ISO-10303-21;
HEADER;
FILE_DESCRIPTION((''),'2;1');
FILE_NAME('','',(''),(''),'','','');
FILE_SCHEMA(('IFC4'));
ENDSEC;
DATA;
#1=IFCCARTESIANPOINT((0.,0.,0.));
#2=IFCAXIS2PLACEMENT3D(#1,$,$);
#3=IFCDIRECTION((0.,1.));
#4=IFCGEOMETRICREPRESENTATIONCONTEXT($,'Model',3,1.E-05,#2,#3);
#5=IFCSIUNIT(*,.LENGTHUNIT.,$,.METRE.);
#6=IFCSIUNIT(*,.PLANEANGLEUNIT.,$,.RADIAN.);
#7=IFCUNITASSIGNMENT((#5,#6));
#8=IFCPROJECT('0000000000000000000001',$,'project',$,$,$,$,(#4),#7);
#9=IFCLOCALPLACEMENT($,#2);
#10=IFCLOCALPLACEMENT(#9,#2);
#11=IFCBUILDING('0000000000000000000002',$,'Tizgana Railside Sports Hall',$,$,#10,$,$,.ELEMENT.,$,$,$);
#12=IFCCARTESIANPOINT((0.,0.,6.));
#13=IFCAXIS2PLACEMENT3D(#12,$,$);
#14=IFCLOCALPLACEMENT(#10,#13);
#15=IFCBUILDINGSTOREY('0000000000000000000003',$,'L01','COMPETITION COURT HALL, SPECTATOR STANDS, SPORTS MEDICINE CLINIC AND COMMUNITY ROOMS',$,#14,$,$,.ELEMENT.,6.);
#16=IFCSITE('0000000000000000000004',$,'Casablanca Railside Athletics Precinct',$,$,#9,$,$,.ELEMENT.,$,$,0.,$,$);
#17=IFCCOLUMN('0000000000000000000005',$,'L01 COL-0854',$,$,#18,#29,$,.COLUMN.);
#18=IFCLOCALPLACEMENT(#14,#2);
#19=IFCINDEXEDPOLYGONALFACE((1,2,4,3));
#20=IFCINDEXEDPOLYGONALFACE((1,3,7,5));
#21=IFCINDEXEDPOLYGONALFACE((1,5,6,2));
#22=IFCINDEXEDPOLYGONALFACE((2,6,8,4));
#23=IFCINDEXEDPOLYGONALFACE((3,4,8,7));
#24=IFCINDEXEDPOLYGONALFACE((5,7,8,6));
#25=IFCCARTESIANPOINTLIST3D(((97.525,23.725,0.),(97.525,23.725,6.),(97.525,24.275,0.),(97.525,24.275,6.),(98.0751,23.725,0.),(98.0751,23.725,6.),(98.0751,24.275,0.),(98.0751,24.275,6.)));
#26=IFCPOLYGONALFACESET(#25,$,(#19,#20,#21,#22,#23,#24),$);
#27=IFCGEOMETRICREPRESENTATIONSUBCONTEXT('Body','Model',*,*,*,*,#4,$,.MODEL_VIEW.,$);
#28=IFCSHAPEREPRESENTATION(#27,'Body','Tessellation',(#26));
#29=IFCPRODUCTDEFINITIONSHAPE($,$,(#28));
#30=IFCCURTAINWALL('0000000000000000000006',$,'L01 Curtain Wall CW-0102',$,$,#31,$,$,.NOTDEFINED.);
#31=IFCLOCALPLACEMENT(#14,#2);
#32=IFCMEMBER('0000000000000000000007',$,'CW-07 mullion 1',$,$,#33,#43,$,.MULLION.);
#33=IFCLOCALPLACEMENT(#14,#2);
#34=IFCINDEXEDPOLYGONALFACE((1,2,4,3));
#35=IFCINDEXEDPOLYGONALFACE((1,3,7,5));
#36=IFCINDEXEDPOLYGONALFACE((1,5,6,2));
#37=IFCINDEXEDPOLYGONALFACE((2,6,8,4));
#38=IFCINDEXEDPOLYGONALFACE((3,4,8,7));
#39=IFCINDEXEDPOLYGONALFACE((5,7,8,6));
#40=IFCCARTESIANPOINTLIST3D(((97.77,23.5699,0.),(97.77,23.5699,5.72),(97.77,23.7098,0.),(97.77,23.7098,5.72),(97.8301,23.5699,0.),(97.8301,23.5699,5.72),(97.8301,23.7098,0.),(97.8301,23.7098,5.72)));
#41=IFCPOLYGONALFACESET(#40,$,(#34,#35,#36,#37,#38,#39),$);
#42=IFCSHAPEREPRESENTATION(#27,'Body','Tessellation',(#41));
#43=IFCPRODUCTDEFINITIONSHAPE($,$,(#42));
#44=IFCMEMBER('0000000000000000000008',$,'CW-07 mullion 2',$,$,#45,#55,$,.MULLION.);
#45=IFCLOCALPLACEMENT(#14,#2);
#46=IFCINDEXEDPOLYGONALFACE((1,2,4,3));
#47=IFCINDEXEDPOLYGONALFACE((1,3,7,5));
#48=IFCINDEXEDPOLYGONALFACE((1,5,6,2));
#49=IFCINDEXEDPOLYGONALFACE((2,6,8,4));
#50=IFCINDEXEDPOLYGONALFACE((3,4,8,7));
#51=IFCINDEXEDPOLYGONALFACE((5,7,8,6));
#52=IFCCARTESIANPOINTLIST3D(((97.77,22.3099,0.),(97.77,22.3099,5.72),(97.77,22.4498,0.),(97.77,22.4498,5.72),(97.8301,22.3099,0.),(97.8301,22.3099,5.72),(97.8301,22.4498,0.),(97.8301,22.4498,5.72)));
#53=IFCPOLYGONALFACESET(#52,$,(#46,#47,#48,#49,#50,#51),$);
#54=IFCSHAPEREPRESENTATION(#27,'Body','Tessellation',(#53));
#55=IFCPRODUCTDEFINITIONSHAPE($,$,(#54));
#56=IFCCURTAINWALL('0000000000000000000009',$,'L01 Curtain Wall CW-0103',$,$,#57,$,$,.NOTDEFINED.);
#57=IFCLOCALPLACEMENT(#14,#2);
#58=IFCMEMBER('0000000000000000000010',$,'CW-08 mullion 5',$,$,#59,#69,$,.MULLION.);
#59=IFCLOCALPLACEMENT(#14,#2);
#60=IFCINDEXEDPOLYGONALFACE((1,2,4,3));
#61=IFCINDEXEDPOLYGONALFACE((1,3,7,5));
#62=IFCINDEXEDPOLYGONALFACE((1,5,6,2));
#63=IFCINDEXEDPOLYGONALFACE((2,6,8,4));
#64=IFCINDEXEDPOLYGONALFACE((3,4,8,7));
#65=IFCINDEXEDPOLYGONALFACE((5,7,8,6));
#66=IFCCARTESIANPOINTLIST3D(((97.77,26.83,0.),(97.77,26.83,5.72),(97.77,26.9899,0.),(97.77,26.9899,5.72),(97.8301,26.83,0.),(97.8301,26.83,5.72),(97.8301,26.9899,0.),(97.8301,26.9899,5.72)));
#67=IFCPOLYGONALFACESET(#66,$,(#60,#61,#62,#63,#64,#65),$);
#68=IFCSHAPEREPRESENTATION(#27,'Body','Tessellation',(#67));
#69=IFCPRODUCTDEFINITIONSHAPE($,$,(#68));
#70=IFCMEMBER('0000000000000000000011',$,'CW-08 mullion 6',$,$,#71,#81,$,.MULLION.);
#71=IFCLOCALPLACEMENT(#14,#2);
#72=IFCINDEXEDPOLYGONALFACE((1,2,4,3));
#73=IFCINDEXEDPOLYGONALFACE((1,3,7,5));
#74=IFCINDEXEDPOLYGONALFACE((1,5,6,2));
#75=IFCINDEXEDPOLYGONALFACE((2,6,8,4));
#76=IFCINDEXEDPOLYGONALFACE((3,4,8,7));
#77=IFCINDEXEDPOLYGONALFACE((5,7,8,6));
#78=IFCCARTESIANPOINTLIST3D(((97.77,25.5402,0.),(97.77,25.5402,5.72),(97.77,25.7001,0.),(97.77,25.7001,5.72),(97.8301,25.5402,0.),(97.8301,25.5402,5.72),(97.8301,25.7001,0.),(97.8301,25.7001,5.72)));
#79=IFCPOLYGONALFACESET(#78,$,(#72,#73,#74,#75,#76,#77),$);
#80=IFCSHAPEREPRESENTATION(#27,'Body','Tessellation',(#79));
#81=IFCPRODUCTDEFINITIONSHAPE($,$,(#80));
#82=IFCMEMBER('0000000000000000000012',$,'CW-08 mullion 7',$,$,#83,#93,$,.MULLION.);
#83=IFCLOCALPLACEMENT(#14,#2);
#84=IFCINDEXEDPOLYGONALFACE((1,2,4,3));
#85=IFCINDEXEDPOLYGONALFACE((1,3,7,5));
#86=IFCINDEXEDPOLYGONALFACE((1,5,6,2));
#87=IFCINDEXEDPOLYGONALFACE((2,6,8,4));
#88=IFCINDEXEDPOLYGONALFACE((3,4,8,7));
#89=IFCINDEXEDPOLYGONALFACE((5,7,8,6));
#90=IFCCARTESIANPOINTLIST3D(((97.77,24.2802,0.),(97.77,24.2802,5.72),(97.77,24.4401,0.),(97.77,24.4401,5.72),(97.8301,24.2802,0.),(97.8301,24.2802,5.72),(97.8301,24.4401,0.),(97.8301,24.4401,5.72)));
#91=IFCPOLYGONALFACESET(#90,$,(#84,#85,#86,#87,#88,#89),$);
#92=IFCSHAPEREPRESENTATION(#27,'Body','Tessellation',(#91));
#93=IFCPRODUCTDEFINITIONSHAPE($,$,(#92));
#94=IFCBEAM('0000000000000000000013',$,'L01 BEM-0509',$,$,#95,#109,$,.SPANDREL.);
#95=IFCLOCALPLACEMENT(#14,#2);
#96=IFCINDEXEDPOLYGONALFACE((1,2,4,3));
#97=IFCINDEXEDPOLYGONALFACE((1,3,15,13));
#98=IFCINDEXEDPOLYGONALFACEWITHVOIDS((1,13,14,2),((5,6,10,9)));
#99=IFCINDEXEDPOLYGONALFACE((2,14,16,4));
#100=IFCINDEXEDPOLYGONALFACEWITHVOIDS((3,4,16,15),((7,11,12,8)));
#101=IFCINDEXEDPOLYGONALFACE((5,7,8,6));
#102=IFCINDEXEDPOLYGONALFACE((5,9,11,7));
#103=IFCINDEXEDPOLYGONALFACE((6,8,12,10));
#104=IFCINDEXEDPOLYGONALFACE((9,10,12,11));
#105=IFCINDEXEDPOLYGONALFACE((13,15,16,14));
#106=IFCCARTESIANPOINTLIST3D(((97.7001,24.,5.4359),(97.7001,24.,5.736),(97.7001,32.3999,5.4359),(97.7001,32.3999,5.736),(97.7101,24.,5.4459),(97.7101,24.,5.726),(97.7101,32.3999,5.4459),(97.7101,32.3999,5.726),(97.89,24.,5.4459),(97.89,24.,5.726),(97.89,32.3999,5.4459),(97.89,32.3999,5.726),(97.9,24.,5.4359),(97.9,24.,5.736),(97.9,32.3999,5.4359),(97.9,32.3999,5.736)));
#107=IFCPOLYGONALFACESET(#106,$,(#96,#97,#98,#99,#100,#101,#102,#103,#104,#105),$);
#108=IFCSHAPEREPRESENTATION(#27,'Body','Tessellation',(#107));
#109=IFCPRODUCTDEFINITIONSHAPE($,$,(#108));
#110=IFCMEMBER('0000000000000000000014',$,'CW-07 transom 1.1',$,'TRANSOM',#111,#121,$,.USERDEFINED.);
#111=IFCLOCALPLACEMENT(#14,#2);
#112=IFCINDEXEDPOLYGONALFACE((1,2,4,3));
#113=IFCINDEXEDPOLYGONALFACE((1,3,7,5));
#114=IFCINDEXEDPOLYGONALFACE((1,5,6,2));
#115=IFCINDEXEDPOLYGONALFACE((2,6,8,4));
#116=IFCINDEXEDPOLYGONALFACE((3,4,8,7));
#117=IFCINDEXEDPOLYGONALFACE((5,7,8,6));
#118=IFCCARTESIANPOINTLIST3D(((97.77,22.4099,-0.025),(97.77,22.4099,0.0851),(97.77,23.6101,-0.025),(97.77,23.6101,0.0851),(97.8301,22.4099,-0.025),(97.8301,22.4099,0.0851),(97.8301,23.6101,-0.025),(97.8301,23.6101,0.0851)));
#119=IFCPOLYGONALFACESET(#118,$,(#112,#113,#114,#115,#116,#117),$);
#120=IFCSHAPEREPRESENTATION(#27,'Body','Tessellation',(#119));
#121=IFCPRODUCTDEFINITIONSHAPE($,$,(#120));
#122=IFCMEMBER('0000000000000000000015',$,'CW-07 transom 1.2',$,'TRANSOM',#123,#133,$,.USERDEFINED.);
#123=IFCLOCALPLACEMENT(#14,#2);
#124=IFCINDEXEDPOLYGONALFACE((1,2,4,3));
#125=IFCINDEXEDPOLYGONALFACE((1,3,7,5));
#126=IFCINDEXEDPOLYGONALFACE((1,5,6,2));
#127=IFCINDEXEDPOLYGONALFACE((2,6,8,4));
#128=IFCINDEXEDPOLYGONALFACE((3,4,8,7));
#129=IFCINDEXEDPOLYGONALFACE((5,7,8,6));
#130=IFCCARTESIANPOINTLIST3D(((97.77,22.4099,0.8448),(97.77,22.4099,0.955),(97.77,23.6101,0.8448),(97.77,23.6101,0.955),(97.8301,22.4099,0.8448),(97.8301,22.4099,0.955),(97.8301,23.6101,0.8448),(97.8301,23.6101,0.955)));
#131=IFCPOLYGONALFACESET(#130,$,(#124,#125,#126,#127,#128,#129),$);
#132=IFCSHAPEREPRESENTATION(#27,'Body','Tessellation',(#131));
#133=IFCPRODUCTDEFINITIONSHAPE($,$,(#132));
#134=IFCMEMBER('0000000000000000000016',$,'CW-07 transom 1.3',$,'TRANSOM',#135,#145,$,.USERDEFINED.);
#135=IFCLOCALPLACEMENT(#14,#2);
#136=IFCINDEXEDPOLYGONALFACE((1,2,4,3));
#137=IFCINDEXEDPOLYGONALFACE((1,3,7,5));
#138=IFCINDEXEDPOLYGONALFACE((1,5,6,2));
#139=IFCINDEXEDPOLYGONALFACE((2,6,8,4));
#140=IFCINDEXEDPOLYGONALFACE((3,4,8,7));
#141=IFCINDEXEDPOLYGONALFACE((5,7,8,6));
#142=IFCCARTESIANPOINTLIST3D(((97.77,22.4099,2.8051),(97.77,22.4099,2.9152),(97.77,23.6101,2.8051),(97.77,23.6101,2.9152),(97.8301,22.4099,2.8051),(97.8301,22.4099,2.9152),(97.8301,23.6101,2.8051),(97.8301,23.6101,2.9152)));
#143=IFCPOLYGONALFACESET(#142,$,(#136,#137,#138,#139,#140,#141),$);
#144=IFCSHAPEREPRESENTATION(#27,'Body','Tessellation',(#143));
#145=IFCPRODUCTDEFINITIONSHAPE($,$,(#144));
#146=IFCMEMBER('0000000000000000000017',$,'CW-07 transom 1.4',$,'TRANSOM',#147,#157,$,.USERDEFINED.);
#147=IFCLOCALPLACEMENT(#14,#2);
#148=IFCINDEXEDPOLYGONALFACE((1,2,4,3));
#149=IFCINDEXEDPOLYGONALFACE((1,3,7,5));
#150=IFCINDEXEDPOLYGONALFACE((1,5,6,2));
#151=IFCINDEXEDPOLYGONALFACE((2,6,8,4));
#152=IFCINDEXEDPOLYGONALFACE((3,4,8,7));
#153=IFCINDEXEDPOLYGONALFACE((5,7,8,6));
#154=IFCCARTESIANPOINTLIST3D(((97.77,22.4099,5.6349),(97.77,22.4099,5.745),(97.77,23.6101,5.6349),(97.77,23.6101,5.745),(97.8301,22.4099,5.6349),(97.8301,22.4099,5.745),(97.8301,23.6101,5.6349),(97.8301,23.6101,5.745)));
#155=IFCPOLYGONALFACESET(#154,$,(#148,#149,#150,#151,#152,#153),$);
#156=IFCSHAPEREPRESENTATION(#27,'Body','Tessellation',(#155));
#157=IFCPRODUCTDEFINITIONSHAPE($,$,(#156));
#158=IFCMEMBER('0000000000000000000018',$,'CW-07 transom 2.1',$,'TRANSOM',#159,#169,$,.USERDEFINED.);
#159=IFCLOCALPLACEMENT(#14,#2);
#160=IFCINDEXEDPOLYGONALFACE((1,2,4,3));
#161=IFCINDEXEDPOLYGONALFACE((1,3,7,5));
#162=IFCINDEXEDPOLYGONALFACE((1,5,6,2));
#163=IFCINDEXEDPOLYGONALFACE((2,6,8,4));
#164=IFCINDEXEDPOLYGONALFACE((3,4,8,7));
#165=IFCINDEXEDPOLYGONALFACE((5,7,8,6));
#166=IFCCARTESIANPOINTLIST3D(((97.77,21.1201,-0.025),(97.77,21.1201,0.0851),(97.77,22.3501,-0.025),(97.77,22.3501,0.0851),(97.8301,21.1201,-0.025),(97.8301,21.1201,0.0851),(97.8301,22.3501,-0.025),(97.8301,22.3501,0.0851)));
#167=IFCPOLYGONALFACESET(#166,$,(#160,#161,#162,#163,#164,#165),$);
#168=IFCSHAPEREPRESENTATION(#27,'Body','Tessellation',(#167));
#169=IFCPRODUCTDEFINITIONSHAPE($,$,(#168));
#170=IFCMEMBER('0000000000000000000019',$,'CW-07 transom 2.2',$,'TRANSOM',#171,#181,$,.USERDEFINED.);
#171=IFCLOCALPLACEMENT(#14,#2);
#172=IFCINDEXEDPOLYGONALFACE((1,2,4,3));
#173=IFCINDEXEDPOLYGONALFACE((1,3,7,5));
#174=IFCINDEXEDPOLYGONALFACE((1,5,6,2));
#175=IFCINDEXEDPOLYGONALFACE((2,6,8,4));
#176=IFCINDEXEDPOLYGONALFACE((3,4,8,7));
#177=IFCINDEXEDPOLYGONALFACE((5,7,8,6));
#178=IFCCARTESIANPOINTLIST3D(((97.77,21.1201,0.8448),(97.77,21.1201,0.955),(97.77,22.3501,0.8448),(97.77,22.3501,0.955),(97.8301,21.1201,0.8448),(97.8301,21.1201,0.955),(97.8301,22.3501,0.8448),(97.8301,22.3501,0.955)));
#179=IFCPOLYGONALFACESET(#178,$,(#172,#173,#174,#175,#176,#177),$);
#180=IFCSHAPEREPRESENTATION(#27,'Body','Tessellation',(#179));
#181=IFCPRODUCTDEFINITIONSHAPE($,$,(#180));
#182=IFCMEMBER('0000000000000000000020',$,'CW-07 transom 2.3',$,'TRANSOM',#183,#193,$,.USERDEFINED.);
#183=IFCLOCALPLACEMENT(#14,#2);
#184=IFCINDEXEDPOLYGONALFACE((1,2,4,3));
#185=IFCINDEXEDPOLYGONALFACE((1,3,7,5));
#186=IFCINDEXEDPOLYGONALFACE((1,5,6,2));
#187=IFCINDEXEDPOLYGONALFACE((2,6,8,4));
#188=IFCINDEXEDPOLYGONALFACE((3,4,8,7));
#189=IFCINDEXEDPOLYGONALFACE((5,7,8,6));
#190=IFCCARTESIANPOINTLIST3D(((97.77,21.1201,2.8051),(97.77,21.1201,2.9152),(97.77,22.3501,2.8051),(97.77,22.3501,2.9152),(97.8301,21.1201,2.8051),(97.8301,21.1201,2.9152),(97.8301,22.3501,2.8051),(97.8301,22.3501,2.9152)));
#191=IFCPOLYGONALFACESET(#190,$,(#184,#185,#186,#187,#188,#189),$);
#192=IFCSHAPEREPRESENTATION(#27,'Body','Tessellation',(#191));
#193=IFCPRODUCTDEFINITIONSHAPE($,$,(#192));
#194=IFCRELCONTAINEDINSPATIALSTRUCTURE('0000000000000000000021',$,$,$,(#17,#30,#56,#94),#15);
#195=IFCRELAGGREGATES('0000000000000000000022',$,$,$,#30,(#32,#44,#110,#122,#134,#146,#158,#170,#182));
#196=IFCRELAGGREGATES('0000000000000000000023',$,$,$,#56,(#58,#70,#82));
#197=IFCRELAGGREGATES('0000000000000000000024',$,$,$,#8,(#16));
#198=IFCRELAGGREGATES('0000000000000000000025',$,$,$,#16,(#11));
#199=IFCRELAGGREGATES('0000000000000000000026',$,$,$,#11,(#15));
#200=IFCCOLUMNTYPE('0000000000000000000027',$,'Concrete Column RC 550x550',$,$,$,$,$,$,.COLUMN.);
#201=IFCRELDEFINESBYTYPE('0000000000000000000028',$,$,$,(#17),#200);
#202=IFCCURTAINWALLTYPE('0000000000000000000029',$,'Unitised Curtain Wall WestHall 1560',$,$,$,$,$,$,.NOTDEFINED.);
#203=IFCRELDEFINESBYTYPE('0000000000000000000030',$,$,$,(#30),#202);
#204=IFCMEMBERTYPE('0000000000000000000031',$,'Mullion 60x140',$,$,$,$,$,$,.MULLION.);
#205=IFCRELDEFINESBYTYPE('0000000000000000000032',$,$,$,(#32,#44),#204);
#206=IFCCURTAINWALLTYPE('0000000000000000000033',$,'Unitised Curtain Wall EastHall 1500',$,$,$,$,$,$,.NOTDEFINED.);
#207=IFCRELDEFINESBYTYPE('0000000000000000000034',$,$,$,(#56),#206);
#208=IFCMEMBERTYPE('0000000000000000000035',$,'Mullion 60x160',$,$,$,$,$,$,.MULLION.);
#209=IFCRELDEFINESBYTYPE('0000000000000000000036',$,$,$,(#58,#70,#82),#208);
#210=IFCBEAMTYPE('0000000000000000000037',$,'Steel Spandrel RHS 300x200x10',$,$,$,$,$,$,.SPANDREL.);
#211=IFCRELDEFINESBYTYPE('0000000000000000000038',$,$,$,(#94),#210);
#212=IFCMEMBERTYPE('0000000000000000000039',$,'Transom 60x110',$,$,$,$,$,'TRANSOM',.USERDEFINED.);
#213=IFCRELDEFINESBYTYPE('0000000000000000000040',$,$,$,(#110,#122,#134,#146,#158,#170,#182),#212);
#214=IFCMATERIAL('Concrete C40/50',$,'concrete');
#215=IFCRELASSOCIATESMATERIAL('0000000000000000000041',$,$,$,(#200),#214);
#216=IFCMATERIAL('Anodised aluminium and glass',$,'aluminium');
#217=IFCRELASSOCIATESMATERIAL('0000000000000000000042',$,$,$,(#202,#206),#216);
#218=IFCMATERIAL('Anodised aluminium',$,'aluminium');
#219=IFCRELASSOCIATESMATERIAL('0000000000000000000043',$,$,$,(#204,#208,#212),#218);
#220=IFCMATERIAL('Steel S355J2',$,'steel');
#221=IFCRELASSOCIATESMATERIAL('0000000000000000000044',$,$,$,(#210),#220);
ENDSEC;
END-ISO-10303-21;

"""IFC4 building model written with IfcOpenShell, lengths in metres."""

from ifc_helpers import new_model, si_unit, direction, frame, origin, origin_2d, place, context, subcontext, project, spatial, rectangle, hollow_rectangle, extrude, material, material_profile, profile_set, type_object, element, aggregate, save


model = new_model("IFC4")

# Units and contexts
model_context = context("Model", 3, precision=1e-05, world=origin(), true_north=direction((0.0, 1.0)))
body_context = subcontext(model_context, "Body", "Model", "MODEL_VIEW")
ifc_project = project(units=[si_unit("LENGTHUNIT", "METRE"), si_unit("PLANEANGLEUNIT", "RADIAN")], contexts=[model_context])

# Site, building, storey
site_placement = place(None, origin())
site = spatial("IfcSite", under=ifc_project, at=site_placement, Name="Casablanca Railside Athletics Precinct", CompositionType="ELEMENT", RefElevation=0.0)
building_placement = place(site_placement, origin())
building = spatial("IfcBuilding", under=site, at=building_placement, Name="Tizgana Railside Sports Hall", CompositionType="ELEMENT")
storey_placement = place(building_placement, frame((0.0, 0.0, 6.0)))
storey = spatial("IfcBuildingStorey", under=building, at=storey_placement, Name="L01", Description="COMPETITION COURT HALL, SPECTATOR STANDS, SPORTS MEDICINE CLINIC AND COMMUNITY ROOMS", CompositionType="ELEMENT", Elevation=6.0)

# Column
ifc_material_1 = material(Name="Concrete C40/50", Category="concrete")
ifc_material_profile_1 = material_profile(ifc_material_1, rectangle(XDim=0.55, YDim=0.55, at=origin_2d()), Name="RC 550x550")
ifc_profile_set_1 = profile_set([ifc_material_profile_1], Name="Concrete C40/50")
column_type = type_object("IfcColumnType", Name="Concrete Column RC 550x550", PredefinedType="COLUMN", material=ifc_profile_set_1)
column_placement = place(storey_placement, frame((97.8, 24.0, 0.0), z_axis=(0.0, 0.0, 1.0), x_axis=(1.0, 0.0, 0.0)))
element("IfcColumn", 1, at=column_placement, inside=storey, type_object=column_type, Name="L01 COL-0854", PredefinedType="COLUMN", context=body_context, shape_type="SweptSolid", body=[
    extrude(rectangle(XDim=0.55, YDim=0.55, at=origin_2d()), origin(), (0.0, 0.0, 1.0), 6.0),
])

# Curtain walls, members
ifc_material_2 = material(Name="Anodised aluminium and glass", Category="aluminium")
curtain_wall_type_1 = type_object("IfcCurtainWallType", Name="Unitised Curtain Wall WestHall 1560", PredefinedType="NOTDEFINED", material=ifc_material_2)
curtain_wall_1_placement = place(storey_placement, origin())
curtain_wall_1 = element("IfcCurtainWall", 2, at=curtain_wall_1_placement, inside=storey, type_object=curtain_wall_type_1, Name="L01 Curtain Wall CW-0102", PredefinedType="NOTDEFINED")
ifc_material_3 = material(Name="Anodised aluminium", Category="aluminium")
ifc_material_profile_2 = material_profile(ifc_material_3, rectangle(XDim=0.0601, YDim=0.1399, at=origin_2d()), Name="Mullion 60x140")
ifc_profile_set_2 = profile_set([ifc_material_profile_2], Name="Anodised aluminium")
member_type_1 = type_object("IfcMemberType", Name="Mullion 60x140", PredefinedType="MULLION", material=ifc_profile_set_2)
member_1_placement = place(storey_placement, frame((97.8, 23.6399, 0.0), z_axis=(0.0, 0.0, 1.0), x_axis=(1.0, 0.0, 0.0)))
member_1 = element("IfcMember", 3, at=member_1_placement, type_object=member_type_1, Name="CW-07 mullion 1", PredefinedType="MULLION", context=body_context, shape_type="SweptSolid", body=[
    extrude(rectangle(XDim=0.0601, YDim=0.1399, at=origin_2d()), origin(), (0.0, 0.0, 1.0), 5.72),
])
member_2_placement = place(storey_placement, frame((97.8, 22.3799, 0.0), z_axis=(0.0, 0.0, 1.0), x_axis=(1.0, 0.0, 0.0)))
member_2 = element("IfcMember", 4, at=member_2_placement, type_object=member_type_1, Name="CW-07 mullion 2", PredefinedType="MULLION", context=body_context, shape_type="SweptSolid", body=[
    extrude(rectangle(XDim=0.0601, YDim=0.1399, at=origin_2d()), origin(), (0.0, 0.0, 1.0), 5.72),
])
curtain_wall_type_2 = type_object("IfcCurtainWallType", Name="Unitised Curtain Wall EastHall 1500", PredefinedType="NOTDEFINED", material=ifc_material_2)
curtain_wall_2_placement = place(storey_placement, origin())
curtain_wall_2 = element("IfcCurtainWall", 5, at=curtain_wall_2_placement, inside=storey, type_object=curtain_wall_type_2, Name="L01 Curtain Wall CW-0103", PredefinedType="NOTDEFINED")
ifc_material_profile_3 = material_profile(ifc_material_3, rectangle(XDim=0.0601, YDim=0.1599, at=origin_2d()), Name="Mullion 60x160")
ifc_profile_set_3 = profile_set([ifc_material_profile_3], Name="Anodised aluminium")
member_type_2 = type_object("IfcMemberType", Name="Mullion 60x160", PredefinedType="MULLION", material=ifc_profile_set_3)
member_3_placement = place(storey_placement, frame((97.8, 26.9099, 0.0), z_axis=(0.0, 0.0, 1.0), x_axis=(1.0, 0.0, 0.0)))
member_3 = element("IfcMember", 6, at=member_3_placement, type_object=member_type_2, Name="CW-08 mullion 5", PredefinedType="MULLION", context=body_context, shape_type="SweptSolid", body=[
    extrude(rectangle(XDim=0.0601, YDim=0.1599, at=origin_2d()), origin(), (0.0, 0.0, 1.0), 5.72),
])
member_4_placement = place(storey_placement, frame((97.8, 25.6201, 0.0), z_axis=(0.0, 0.0, 1.0), x_axis=(1.0, 0.0, 0.0)))
member_4 = element("IfcMember", 7, at=member_4_placement, type_object=member_type_2, Name="CW-08 mullion 6", PredefinedType="MULLION", context=body_context, shape_type="SweptSolid", body=[
    extrude(rectangle(XDim=0.0601, YDim=0.1599, at=origin_2d()), origin(), (0.0, 0.0, 1.0), 5.72),
])
member_5_placement = place(storey_placement, frame((97.8, 24.3601, 0.0), z_axis=(0.0, 0.0, 1.0), x_axis=(1.0, 0.0, 0.0)))
member_5 = element("IfcMember", 8, at=member_5_placement, type_object=member_type_2, Name="CW-08 mullion 7", PredefinedType="MULLION", context=body_context, shape_type="SweptSolid", body=[
    extrude(rectangle(XDim=0.0601, YDim=0.1599, at=origin_2d()), origin(), (0.0, 0.0, 1.0), 5.72),
])

# Beam
ifc_material_4 = material(Name="Steel S355J2", Category="steel")
ifc_material_profile_4 = material_profile(ifc_material_4, hollow_rectangle(XDim=0.2, YDim=0.3, WallThickness=0.01, at=origin_2d()), Name="RHS 300x200x10")
ifc_profile_set_4 = profile_set([ifc_material_profile_4], Name="Steel S355J2")
beam_type = type_object("IfcBeamType", Name="Steel Spandrel RHS 300x200x10", PredefinedType="SPANDREL", material=ifc_profile_set_4)
beam_placement = place(storey_placement, frame((97.8, 24.0, 5.5859), z_axis=(0.0, 1.0, 0.0), x_axis=(-1.0, 0.0, 0.0)))
element("IfcBeam", 9, at=beam_placement, inside=storey, type_object=beam_type, Name="L01 BEM-0509", PredefinedType="SPANDREL", context=body_context, shape_type="SweptSolid", body=[
    extrude(hollow_rectangle(XDim=0.2, YDim=0.3, WallThickness=0.01, at=origin_2d()), origin(), (0.0, 0.0, 1.0), 8.3999),
])

# Members
ifc_material_profile_5 = material_profile(ifc_material_3, rectangle(XDim=0.0601, YDim=0.1101, at=origin_2d()), Name="Transom 60x110")
ifc_profile_set_5 = profile_set([ifc_material_profile_5], Name="Anodised aluminium")
member_type_3 = type_object("IfcMemberType", Name="Transom 60x110", ElementType="TRANSOM", PredefinedType="USERDEFINED", material=ifc_profile_set_5)
member_6_placement = place(storey_placement, frame((97.8, 23.6101, 0.03), z_axis=(0.0, -1.0, 0.0), x_axis=(1.0, 0.0, 0.0)))
member_6 = element("IfcMember", 10, at=member_6_placement, type_object=member_type_3, Name="CW-07 transom 1.1", ObjectType="TRANSOM", PredefinedType="USERDEFINED", context=body_context, shape_type="SweptSolid", body=[
    extrude(rectangle(XDim=0.0601, YDim=0.1101, at=origin_2d()), origin(), (0.0, 0.0, 1.0), 1.2002),
])
member_7_placement = place(storey_placement, frame((97.8, 23.6101, 0.8999), z_axis=(0.0, -1.0, 0.0), x_axis=(1.0, 0.0, 0.0)))
member_7 = element("IfcMember", 11, at=member_7_placement, type_object=member_type_3, Name="CW-07 transom 1.2", ObjectType="TRANSOM", PredefinedType="USERDEFINED", context=body_context, shape_type="SweptSolid", body=[
    extrude(rectangle(XDim=0.0601, YDim=0.1101, at=origin_2d()), origin(), (0.0, 0.0, 1.0), 1.2002),
])
member_8_placement = place(storey_placement, frame((97.8, 23.6101, 2.8601), z_axis=(0.0, -1.0, 0.0), x_axis=(1.0, 0.0, 0.0)))
member_8 = element("IfcMember", 12, at=member_8_placement, type_object=member_type_3, Name="CW-07 transom 1.3", ObjectType="TRANSOM", PredefinedType="USERDEFINED", context=body_context, shape_type="SweptSolid", body=[
    extrude(rectangle(XDim=0.0601, YDim=0.1101, at=origin_2d()), origin(), (0.0, 0.0, 1.0), 1.2002),
])
member_9_placement = place(storey_placement, frame((97.8, 23.6101, 5.6899), z_axis=(0.0, -1.0, 0.0), x_axis=(1.0, 0.0, 0.0)))
member_9 = element("IfcMember", 13, at=member_9_placement, type_object=member_type_3, Name="CW-07 transom 1.4", ObjectType="TRANSOM", PredefinedType="USERDEFINED", context=body_context, shape_type="SweptSolid", body=[
    extrude(rectangle(XDim=0.0601, YDim=0.1101, at=origin_2d()), origin(), (0.0, 0.0, 1.0), 1.2002),
])
member_10_placement = place(storey_placement, frame((97.8, 22.3501, 0.03), z_axis=(0.0, -1.0, 0.0), x_axis=(1.0, 0.0, 0.0)))
member_10 = element("IfcMember", 14, at=member_10_placement, type_object=member_type_3, Name="CW-07 transom 2.1", ObjectType="TRANSOM", PredefinedType="USERDEFINED", context=body_context, shape_type="SweptSolid", body=[
    extrude(rectangle(XDim=0.0601, YDim=0.1101, at=origin_2d()), origin(), (0.0, 0.0, 1.0), 1.23),
])
member_11_placement = place(storey_placement, frame((97.8, 22.3501, 0.8999), z_axis=(0.0, -1.0, 0.0), x_axis=(1.0, 0.0, 0.0)))
member_11 = element("IfcMember", 15, at=member_11_placement, type_object=member_type_3, Name="CW-07 transom 2.2", ObjectType="TRANSOM", PredefinedType="USERDEFINED", context=body_context, shape_type="SweptSolid", body=[
    extrude(rectangle(XDim=0.0601, YDim=0.1101, at=origin_2d()), origin(), (0.0, 0.0, 1.0), 1.23),
])
member_12_placement = place(storey_placement, frame((97.8, 22.3501, 2.8601), z_axis=(0.0, -1.0, 0.0), x_axis=(1.0, 0.0, 0.0)))
member_12 = element("IfcMember", 16, at=member_12_placement, type_object=member_type_3, Name="CW-07 transom 2.3", ObjectType="TRANSOM", PredefinedType="USERDEFINED", context=body_context, shape_type="SweptSolid", body=[
    extrude(rectangle(XDim=0.0601, YDim=0.1101, at=origin_2d()), origin(), (0.0, 0.0, 1.0), 1.23),
])

aggregate(curtain_wall_1, [member_1, member_2, member_6, member_7, member_8, member_9, member_10, member_11, member_12])
aggregate(curtain_wall_2, [member_3, member_4, member_5])

save(model, "model.ifc")
